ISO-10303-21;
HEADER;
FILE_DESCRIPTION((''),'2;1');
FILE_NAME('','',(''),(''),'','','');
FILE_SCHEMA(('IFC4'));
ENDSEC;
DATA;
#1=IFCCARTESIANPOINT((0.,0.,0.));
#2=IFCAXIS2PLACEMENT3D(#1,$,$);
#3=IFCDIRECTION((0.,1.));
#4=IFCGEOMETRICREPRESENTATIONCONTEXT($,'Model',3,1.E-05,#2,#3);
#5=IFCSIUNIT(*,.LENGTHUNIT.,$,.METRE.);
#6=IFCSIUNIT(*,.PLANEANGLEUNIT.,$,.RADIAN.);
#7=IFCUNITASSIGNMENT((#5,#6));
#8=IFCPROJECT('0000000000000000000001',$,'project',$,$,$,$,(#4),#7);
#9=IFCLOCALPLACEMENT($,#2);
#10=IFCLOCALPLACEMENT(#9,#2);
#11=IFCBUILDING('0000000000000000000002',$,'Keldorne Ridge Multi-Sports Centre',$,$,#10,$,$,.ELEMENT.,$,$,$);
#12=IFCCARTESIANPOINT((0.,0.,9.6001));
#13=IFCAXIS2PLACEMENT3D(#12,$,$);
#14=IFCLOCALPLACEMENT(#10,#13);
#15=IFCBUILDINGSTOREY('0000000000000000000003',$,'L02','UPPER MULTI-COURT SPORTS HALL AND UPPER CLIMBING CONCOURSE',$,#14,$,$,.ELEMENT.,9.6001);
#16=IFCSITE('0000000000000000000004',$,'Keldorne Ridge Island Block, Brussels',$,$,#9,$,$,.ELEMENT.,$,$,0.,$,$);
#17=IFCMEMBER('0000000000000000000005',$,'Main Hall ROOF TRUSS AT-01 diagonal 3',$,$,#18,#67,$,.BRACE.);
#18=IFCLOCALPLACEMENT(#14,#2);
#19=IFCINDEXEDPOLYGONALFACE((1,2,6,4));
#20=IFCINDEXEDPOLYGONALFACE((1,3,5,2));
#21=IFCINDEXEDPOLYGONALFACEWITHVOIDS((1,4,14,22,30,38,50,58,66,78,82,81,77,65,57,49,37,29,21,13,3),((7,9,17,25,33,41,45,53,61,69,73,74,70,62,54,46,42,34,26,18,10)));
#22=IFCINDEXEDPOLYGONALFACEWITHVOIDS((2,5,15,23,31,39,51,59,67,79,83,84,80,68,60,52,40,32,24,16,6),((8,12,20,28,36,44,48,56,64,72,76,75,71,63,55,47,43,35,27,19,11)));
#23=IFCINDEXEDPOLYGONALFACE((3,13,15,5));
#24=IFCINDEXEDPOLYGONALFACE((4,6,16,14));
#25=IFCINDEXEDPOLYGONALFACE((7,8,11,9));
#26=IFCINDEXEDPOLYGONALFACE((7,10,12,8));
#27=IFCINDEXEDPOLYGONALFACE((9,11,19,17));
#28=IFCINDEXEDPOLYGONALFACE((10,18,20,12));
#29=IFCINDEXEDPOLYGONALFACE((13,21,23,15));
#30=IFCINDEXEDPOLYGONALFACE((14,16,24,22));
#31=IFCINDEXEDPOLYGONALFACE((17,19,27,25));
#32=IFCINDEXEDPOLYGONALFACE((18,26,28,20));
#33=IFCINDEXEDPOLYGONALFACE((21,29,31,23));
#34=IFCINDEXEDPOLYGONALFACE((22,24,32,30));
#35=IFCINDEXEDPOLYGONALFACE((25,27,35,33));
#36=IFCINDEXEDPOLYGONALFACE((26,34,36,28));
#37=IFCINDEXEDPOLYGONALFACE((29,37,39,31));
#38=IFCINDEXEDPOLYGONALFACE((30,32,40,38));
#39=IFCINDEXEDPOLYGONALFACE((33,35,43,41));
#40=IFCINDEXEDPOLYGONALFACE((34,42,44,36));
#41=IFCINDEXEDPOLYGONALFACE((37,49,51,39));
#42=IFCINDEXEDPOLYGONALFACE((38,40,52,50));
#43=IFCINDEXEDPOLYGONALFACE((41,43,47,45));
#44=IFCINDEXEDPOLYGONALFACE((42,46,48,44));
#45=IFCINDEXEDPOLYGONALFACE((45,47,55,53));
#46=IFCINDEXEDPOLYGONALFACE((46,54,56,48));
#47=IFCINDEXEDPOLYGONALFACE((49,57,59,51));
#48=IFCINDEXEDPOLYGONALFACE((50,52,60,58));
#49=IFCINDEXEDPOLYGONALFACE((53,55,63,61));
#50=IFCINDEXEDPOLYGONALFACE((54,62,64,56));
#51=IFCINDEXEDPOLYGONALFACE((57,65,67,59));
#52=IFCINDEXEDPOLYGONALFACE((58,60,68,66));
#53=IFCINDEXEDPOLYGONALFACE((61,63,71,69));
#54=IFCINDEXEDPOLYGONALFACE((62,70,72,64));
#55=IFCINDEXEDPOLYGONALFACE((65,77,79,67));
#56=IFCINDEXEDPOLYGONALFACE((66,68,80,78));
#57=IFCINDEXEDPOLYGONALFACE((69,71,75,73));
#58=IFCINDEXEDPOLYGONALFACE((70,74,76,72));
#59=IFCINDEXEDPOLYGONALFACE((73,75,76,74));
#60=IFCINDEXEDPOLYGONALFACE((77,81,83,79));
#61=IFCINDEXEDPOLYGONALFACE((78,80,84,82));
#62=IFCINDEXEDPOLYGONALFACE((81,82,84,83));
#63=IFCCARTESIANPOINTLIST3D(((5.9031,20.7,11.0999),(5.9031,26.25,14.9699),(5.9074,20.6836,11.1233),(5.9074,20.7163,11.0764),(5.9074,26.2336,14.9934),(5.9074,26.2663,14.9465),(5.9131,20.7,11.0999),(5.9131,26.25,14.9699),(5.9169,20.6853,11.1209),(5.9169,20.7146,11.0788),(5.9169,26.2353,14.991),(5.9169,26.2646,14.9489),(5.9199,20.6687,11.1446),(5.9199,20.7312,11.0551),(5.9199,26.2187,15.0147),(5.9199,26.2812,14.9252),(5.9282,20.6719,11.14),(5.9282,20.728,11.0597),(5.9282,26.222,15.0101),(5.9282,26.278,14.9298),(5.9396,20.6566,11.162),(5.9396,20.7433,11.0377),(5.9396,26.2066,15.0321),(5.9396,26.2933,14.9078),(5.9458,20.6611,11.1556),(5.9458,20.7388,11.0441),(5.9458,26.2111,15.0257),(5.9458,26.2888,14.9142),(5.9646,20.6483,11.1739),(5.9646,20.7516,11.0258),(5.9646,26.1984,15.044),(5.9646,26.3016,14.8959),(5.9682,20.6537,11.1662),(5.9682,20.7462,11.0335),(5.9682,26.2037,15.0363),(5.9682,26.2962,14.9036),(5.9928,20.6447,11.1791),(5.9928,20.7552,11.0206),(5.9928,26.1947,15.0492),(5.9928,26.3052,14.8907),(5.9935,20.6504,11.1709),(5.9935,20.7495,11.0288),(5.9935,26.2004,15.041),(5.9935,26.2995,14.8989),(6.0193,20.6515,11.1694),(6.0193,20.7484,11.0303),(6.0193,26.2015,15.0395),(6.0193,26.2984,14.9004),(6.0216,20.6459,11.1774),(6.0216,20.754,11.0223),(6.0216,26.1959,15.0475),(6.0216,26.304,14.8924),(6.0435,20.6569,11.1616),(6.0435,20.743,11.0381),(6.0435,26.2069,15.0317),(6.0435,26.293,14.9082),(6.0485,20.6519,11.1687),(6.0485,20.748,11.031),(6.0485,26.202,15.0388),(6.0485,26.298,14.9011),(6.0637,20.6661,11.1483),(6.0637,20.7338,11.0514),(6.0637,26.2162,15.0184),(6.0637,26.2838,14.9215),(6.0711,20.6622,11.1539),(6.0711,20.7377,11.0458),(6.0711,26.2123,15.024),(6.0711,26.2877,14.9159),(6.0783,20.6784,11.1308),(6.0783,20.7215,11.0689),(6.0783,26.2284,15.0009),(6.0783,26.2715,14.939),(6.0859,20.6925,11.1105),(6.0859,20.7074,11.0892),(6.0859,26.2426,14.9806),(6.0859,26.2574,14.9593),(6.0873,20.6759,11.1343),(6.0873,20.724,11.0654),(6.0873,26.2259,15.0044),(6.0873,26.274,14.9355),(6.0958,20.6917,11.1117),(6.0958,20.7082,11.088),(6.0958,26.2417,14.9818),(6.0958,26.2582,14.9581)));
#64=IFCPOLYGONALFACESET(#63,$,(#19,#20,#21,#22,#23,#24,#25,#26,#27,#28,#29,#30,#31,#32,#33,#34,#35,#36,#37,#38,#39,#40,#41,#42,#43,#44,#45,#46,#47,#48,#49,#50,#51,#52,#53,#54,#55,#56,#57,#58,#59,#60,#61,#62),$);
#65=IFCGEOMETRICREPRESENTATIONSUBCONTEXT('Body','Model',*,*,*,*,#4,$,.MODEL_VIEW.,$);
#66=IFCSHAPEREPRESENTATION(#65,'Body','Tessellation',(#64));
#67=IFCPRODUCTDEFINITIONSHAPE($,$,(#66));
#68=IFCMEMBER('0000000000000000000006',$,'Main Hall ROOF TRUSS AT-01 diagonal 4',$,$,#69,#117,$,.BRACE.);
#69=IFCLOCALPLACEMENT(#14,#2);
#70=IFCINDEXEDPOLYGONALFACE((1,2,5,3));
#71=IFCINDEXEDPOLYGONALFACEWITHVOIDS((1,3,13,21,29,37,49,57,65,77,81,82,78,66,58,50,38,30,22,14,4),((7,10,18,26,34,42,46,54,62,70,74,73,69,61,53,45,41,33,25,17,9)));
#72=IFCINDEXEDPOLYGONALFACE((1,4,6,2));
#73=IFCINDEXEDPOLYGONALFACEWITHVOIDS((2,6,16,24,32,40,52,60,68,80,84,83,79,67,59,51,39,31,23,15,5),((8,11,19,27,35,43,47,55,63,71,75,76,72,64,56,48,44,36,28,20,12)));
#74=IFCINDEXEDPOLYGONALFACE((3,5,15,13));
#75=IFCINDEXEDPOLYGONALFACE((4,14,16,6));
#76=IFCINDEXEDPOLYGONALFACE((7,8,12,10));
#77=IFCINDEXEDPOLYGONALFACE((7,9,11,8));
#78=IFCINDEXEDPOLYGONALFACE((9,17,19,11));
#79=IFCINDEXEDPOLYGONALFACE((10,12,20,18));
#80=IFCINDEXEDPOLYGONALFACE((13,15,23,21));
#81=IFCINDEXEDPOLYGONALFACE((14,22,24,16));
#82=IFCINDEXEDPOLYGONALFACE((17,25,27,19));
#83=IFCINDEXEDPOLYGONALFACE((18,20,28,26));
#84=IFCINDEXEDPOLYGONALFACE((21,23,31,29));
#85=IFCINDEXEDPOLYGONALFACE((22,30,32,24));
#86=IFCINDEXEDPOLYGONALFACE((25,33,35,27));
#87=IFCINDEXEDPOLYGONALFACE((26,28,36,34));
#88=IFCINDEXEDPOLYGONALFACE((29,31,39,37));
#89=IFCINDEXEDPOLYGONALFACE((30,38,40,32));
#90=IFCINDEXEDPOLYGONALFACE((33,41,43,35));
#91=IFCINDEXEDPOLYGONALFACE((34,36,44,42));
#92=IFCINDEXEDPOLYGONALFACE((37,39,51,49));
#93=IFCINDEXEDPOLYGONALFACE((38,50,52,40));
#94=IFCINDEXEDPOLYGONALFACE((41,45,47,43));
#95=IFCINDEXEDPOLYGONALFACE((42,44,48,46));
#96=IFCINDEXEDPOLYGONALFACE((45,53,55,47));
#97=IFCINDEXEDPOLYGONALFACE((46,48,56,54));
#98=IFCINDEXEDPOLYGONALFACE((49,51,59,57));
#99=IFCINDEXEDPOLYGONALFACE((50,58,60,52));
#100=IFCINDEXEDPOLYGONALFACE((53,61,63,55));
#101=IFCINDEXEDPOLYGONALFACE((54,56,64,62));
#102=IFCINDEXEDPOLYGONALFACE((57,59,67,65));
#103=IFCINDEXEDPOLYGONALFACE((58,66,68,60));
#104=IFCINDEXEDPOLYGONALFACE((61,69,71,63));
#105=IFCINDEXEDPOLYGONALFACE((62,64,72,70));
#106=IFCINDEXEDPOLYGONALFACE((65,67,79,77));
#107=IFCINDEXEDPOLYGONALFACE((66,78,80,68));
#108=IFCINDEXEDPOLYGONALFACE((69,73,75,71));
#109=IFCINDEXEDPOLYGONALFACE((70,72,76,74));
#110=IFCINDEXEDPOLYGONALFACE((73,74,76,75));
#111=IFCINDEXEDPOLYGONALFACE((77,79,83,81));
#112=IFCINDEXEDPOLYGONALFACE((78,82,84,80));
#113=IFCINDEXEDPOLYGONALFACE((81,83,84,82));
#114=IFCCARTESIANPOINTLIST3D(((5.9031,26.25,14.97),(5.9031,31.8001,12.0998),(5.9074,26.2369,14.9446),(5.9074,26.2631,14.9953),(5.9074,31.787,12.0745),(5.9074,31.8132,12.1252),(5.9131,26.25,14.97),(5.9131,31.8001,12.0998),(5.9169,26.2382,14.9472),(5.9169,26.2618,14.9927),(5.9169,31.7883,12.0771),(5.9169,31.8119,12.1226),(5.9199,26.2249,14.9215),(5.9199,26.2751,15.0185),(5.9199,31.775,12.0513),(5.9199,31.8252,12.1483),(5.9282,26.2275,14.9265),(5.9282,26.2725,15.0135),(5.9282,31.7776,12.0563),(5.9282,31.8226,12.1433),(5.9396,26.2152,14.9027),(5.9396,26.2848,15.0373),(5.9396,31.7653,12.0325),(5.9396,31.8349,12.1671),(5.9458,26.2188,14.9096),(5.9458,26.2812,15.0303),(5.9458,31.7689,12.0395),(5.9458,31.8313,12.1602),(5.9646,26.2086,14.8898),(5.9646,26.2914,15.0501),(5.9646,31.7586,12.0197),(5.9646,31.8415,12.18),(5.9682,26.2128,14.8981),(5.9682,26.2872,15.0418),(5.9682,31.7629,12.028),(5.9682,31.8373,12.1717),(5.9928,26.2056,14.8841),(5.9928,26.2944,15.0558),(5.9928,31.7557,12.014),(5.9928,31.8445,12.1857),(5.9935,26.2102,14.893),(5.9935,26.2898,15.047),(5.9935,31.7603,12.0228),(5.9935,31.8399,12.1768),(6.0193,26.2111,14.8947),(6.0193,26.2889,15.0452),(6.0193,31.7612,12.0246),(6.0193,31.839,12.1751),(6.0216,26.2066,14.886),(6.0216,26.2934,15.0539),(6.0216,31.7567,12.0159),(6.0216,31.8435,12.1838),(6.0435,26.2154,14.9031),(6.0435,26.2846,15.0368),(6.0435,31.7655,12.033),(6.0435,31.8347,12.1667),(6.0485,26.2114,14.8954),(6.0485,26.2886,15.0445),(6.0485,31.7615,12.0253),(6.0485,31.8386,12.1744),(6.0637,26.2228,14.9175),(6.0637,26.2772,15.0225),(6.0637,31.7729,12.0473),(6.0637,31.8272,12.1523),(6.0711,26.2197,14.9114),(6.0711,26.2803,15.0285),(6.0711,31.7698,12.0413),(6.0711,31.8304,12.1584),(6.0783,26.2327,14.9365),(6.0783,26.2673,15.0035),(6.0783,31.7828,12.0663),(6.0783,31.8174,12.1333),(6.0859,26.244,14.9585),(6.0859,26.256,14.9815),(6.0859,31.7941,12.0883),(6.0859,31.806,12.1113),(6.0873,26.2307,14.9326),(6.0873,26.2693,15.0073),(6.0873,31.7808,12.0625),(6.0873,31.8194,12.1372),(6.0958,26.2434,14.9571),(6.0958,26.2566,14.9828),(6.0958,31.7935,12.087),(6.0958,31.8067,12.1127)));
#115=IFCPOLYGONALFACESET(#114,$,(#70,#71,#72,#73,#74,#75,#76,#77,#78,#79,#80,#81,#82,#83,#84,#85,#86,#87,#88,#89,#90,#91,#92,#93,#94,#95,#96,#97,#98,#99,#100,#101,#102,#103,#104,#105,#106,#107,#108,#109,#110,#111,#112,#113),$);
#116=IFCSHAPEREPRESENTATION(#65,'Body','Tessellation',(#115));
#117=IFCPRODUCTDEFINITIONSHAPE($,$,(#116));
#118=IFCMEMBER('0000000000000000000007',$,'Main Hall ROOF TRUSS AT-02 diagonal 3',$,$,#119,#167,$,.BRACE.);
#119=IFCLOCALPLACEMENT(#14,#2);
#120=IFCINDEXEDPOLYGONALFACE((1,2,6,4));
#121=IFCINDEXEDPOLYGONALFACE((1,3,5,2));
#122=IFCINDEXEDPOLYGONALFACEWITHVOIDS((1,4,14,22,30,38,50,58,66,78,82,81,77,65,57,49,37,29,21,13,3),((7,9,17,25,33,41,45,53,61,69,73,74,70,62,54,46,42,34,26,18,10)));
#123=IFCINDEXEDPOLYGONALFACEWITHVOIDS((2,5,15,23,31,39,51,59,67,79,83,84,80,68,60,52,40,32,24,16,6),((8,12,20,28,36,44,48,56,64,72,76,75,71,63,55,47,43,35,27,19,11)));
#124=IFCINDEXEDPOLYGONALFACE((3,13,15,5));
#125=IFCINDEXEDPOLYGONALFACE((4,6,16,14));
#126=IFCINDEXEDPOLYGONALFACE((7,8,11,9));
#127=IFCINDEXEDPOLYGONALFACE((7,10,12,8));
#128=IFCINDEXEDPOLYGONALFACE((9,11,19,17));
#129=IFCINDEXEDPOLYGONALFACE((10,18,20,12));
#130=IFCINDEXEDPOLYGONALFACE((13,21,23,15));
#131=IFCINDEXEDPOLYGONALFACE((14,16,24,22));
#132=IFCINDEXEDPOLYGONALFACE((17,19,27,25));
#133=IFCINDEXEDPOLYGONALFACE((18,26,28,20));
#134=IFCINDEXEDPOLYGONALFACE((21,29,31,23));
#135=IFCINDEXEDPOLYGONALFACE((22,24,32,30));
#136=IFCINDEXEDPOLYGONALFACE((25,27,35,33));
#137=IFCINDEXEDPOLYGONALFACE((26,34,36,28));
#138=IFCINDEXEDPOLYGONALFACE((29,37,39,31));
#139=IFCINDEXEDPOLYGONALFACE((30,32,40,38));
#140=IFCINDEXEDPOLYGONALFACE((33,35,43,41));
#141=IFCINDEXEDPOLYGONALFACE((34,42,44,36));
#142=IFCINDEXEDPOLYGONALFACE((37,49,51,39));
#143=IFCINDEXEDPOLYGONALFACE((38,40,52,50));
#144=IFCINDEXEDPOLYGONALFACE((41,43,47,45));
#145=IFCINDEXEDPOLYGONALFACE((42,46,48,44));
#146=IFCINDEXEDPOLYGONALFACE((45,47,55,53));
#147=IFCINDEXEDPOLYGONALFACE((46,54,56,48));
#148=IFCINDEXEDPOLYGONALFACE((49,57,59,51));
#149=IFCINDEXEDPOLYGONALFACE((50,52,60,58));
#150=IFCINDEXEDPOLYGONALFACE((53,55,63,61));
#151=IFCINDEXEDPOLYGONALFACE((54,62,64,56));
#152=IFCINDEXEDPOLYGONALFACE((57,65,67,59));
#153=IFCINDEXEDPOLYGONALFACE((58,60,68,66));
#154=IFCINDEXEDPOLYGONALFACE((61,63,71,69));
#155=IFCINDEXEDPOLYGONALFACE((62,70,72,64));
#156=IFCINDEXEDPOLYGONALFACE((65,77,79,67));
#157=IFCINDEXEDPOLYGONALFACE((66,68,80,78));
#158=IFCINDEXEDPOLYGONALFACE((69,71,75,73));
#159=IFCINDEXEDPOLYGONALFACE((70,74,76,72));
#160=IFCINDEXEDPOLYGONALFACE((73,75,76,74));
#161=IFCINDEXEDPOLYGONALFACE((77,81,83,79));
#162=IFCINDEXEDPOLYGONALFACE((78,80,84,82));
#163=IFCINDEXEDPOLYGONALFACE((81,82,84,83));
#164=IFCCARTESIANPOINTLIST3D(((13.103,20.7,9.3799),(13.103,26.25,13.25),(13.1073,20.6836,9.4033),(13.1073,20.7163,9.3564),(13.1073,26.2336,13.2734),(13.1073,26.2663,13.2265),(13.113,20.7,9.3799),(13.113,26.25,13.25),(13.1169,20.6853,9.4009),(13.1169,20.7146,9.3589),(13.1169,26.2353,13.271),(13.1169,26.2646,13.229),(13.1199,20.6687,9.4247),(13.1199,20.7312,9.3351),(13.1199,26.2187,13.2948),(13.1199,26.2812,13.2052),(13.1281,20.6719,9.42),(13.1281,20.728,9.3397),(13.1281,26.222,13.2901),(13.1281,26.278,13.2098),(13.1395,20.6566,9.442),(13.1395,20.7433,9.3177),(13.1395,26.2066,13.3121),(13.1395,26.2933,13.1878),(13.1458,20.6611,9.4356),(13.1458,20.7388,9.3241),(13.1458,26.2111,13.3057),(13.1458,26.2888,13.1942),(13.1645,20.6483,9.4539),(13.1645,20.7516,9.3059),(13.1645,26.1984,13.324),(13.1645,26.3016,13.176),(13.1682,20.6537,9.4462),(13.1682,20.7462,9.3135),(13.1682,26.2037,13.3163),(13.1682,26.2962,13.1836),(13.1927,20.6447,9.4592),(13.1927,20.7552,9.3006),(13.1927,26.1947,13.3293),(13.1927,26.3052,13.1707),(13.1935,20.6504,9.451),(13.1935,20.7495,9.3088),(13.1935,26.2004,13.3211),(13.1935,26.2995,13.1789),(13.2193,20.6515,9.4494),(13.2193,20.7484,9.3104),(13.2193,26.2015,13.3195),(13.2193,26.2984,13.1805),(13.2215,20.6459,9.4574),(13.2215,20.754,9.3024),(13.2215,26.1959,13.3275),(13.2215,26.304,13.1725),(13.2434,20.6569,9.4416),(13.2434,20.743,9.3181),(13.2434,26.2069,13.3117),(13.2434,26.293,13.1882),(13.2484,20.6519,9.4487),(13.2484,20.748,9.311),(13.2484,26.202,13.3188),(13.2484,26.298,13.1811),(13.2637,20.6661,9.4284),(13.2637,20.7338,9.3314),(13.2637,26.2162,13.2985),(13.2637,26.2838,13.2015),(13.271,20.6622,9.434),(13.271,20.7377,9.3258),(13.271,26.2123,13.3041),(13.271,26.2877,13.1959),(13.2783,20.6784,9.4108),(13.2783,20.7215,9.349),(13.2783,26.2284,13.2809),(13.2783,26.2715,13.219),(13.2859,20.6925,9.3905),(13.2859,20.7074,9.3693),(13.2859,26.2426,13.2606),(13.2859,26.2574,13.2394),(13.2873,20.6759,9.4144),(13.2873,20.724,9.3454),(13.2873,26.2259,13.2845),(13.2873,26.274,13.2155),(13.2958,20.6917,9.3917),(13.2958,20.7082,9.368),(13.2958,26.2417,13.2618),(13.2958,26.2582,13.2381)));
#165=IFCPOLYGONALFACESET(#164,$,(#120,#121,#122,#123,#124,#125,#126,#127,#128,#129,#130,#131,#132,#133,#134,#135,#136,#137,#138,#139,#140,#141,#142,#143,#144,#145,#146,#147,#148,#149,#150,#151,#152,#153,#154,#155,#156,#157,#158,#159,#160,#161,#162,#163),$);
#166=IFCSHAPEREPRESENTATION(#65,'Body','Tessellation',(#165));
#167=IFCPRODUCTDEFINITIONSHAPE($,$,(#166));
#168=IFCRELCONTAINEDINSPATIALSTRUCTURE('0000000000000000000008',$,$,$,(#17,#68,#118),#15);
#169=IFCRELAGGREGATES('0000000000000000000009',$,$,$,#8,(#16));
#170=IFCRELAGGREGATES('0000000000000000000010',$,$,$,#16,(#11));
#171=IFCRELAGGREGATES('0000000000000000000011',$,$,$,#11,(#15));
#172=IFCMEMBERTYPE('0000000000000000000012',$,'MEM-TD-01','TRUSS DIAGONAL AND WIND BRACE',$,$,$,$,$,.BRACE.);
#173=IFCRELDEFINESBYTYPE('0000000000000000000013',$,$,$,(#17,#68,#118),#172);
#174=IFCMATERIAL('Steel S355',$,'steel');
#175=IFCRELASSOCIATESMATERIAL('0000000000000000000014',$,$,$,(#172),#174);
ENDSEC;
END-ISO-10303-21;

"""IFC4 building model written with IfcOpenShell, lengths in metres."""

from ifc_helpers import new_model, si_unit, direction, frame, origin, origin_2d, place, context, subcontext, project, spatial, hollow_circle, extrude, material, material_profile, profile_set, type_object, element, save


model = new_model("IFC4")

# Units and contexts
model_context = context("Model", 3, precision=1e-05, world=origin(), true_north=direction((0.0, 1.0)))
body_context = subcontext(model_context, "Body", "Model", "MODEL_VIEW")
ifc_project = project(units=[si_unit("LENGTHUNIT", "METRE"), si_unit("PLANEANGLEUNIT", "RADIAN")], contexts=[model_context])

# Site, building, storey
site_placement = place(None, origin())
site = spatial("IfcSite", under=ifc_project, at=site_placement, Name="Keldorne Ridge Island Block, Brussels", CompositionType="ELEMENT", RefElevation=0.0)
building_placement = place(site_placement, origin())
building = spatial("IfcBuilding", under=site, at=building_placement, Name="Keldorne Ridge Multi-Sports Centre", CompositionType="ELEMENT")
storey_placement = place(building_placement, frame((0.0, 0.0, 9.6001)))
storey = spatial("IfcBuildingStorey", under=building, at=storey_placement, Name="L02", Description="UPPER MULTI-COURT SPORTS HALL AND UPPER CLIMBING CONCOURSE", CompositionType="ELEMENT", Elevation=9.6001)

# Members
ifc_material_1 = material(Name="Steel S355", Category="steel")
ifc_material_profile_1 = material_profile(ifc_material_1, hollow_circle(Radius=0.0969, WallThickness=0.01, at=origin_2d()), Name="CHS 193.7x10")
ifc_profile_set_1 = profile_set([ifc_material_profile_1], Name="Steel S355")
member_type_1 = type_object("IfcMemberType", Name="MEM-TD-01", Description="TRUSS DIAGONAL AND WIND BRACE", PredefinedType="BRACE", material=ifc_profile_set_1)
member_1_placement = place(storey_placement, frame((6.0, 20.7, 11.0999), z_axis=(0.0, 0.820266, 0.571982), x_axis=(-1.0, 0.0, 0.0)))
element("IfcMember", 1, at=member_1_placement, inside=storey, type_object=member_type_1, Name="Main Hall ROOF TRUSS AT-01 diagonal 3", PredefinedType="BRACE", context=body_context, shape_type="SweptSolid", body=[
    extrude(hollow_circle(Radius=0.0969, WallThickness=0.01, at=origin_2d()), origin(), (0.0, 0.0, 1.0), 6.7661),
])
member_2_placement = place(storey_placement, frame((6.0, 26.25, 14.97), z_axis=(0.0, 0.888257, -0.459347), x_axis=(-1.0, 0.0, 0.0)))
element("IfcMember", 2, at=member_2_placement, inside=storey, type_object=member_type_1, Name="Main Hall ROOF TRUSS AT-01 diagonal 4", PredefinedType="BRACE", context=body_context, shape_type="SweptSolid", body=[
    extrude(hollow_circle(Radius=0.0969, WallThickness=0.01, at=origin_2d()), origin(), (0.0, 0.0, 1.0), 6.2483),
])
member_3_placement = place(storey_placement, frame((13.2, 20.7, 9.3799), z_axis=(0.0, 0.820266, 0.571982), x_axis=(-1.0, 0.0, 0.0)))
element("IfcMember", 3, at=member_3_placement, inside=storey, type_object=member_type_1, Name="Main Hall ROOF TRUSS AT-02 diagonal 3", PredefinedType="BRACE", context=body_context, shape_type="SweptSolid", body=[
    extrude(hollow_circle(Radius=0.0969, WallThickness=0.01, at=origin_2d()), origin(), (0.0, 0.0, 1.0), 6.7661),
])

save(model, "model.ifc")
